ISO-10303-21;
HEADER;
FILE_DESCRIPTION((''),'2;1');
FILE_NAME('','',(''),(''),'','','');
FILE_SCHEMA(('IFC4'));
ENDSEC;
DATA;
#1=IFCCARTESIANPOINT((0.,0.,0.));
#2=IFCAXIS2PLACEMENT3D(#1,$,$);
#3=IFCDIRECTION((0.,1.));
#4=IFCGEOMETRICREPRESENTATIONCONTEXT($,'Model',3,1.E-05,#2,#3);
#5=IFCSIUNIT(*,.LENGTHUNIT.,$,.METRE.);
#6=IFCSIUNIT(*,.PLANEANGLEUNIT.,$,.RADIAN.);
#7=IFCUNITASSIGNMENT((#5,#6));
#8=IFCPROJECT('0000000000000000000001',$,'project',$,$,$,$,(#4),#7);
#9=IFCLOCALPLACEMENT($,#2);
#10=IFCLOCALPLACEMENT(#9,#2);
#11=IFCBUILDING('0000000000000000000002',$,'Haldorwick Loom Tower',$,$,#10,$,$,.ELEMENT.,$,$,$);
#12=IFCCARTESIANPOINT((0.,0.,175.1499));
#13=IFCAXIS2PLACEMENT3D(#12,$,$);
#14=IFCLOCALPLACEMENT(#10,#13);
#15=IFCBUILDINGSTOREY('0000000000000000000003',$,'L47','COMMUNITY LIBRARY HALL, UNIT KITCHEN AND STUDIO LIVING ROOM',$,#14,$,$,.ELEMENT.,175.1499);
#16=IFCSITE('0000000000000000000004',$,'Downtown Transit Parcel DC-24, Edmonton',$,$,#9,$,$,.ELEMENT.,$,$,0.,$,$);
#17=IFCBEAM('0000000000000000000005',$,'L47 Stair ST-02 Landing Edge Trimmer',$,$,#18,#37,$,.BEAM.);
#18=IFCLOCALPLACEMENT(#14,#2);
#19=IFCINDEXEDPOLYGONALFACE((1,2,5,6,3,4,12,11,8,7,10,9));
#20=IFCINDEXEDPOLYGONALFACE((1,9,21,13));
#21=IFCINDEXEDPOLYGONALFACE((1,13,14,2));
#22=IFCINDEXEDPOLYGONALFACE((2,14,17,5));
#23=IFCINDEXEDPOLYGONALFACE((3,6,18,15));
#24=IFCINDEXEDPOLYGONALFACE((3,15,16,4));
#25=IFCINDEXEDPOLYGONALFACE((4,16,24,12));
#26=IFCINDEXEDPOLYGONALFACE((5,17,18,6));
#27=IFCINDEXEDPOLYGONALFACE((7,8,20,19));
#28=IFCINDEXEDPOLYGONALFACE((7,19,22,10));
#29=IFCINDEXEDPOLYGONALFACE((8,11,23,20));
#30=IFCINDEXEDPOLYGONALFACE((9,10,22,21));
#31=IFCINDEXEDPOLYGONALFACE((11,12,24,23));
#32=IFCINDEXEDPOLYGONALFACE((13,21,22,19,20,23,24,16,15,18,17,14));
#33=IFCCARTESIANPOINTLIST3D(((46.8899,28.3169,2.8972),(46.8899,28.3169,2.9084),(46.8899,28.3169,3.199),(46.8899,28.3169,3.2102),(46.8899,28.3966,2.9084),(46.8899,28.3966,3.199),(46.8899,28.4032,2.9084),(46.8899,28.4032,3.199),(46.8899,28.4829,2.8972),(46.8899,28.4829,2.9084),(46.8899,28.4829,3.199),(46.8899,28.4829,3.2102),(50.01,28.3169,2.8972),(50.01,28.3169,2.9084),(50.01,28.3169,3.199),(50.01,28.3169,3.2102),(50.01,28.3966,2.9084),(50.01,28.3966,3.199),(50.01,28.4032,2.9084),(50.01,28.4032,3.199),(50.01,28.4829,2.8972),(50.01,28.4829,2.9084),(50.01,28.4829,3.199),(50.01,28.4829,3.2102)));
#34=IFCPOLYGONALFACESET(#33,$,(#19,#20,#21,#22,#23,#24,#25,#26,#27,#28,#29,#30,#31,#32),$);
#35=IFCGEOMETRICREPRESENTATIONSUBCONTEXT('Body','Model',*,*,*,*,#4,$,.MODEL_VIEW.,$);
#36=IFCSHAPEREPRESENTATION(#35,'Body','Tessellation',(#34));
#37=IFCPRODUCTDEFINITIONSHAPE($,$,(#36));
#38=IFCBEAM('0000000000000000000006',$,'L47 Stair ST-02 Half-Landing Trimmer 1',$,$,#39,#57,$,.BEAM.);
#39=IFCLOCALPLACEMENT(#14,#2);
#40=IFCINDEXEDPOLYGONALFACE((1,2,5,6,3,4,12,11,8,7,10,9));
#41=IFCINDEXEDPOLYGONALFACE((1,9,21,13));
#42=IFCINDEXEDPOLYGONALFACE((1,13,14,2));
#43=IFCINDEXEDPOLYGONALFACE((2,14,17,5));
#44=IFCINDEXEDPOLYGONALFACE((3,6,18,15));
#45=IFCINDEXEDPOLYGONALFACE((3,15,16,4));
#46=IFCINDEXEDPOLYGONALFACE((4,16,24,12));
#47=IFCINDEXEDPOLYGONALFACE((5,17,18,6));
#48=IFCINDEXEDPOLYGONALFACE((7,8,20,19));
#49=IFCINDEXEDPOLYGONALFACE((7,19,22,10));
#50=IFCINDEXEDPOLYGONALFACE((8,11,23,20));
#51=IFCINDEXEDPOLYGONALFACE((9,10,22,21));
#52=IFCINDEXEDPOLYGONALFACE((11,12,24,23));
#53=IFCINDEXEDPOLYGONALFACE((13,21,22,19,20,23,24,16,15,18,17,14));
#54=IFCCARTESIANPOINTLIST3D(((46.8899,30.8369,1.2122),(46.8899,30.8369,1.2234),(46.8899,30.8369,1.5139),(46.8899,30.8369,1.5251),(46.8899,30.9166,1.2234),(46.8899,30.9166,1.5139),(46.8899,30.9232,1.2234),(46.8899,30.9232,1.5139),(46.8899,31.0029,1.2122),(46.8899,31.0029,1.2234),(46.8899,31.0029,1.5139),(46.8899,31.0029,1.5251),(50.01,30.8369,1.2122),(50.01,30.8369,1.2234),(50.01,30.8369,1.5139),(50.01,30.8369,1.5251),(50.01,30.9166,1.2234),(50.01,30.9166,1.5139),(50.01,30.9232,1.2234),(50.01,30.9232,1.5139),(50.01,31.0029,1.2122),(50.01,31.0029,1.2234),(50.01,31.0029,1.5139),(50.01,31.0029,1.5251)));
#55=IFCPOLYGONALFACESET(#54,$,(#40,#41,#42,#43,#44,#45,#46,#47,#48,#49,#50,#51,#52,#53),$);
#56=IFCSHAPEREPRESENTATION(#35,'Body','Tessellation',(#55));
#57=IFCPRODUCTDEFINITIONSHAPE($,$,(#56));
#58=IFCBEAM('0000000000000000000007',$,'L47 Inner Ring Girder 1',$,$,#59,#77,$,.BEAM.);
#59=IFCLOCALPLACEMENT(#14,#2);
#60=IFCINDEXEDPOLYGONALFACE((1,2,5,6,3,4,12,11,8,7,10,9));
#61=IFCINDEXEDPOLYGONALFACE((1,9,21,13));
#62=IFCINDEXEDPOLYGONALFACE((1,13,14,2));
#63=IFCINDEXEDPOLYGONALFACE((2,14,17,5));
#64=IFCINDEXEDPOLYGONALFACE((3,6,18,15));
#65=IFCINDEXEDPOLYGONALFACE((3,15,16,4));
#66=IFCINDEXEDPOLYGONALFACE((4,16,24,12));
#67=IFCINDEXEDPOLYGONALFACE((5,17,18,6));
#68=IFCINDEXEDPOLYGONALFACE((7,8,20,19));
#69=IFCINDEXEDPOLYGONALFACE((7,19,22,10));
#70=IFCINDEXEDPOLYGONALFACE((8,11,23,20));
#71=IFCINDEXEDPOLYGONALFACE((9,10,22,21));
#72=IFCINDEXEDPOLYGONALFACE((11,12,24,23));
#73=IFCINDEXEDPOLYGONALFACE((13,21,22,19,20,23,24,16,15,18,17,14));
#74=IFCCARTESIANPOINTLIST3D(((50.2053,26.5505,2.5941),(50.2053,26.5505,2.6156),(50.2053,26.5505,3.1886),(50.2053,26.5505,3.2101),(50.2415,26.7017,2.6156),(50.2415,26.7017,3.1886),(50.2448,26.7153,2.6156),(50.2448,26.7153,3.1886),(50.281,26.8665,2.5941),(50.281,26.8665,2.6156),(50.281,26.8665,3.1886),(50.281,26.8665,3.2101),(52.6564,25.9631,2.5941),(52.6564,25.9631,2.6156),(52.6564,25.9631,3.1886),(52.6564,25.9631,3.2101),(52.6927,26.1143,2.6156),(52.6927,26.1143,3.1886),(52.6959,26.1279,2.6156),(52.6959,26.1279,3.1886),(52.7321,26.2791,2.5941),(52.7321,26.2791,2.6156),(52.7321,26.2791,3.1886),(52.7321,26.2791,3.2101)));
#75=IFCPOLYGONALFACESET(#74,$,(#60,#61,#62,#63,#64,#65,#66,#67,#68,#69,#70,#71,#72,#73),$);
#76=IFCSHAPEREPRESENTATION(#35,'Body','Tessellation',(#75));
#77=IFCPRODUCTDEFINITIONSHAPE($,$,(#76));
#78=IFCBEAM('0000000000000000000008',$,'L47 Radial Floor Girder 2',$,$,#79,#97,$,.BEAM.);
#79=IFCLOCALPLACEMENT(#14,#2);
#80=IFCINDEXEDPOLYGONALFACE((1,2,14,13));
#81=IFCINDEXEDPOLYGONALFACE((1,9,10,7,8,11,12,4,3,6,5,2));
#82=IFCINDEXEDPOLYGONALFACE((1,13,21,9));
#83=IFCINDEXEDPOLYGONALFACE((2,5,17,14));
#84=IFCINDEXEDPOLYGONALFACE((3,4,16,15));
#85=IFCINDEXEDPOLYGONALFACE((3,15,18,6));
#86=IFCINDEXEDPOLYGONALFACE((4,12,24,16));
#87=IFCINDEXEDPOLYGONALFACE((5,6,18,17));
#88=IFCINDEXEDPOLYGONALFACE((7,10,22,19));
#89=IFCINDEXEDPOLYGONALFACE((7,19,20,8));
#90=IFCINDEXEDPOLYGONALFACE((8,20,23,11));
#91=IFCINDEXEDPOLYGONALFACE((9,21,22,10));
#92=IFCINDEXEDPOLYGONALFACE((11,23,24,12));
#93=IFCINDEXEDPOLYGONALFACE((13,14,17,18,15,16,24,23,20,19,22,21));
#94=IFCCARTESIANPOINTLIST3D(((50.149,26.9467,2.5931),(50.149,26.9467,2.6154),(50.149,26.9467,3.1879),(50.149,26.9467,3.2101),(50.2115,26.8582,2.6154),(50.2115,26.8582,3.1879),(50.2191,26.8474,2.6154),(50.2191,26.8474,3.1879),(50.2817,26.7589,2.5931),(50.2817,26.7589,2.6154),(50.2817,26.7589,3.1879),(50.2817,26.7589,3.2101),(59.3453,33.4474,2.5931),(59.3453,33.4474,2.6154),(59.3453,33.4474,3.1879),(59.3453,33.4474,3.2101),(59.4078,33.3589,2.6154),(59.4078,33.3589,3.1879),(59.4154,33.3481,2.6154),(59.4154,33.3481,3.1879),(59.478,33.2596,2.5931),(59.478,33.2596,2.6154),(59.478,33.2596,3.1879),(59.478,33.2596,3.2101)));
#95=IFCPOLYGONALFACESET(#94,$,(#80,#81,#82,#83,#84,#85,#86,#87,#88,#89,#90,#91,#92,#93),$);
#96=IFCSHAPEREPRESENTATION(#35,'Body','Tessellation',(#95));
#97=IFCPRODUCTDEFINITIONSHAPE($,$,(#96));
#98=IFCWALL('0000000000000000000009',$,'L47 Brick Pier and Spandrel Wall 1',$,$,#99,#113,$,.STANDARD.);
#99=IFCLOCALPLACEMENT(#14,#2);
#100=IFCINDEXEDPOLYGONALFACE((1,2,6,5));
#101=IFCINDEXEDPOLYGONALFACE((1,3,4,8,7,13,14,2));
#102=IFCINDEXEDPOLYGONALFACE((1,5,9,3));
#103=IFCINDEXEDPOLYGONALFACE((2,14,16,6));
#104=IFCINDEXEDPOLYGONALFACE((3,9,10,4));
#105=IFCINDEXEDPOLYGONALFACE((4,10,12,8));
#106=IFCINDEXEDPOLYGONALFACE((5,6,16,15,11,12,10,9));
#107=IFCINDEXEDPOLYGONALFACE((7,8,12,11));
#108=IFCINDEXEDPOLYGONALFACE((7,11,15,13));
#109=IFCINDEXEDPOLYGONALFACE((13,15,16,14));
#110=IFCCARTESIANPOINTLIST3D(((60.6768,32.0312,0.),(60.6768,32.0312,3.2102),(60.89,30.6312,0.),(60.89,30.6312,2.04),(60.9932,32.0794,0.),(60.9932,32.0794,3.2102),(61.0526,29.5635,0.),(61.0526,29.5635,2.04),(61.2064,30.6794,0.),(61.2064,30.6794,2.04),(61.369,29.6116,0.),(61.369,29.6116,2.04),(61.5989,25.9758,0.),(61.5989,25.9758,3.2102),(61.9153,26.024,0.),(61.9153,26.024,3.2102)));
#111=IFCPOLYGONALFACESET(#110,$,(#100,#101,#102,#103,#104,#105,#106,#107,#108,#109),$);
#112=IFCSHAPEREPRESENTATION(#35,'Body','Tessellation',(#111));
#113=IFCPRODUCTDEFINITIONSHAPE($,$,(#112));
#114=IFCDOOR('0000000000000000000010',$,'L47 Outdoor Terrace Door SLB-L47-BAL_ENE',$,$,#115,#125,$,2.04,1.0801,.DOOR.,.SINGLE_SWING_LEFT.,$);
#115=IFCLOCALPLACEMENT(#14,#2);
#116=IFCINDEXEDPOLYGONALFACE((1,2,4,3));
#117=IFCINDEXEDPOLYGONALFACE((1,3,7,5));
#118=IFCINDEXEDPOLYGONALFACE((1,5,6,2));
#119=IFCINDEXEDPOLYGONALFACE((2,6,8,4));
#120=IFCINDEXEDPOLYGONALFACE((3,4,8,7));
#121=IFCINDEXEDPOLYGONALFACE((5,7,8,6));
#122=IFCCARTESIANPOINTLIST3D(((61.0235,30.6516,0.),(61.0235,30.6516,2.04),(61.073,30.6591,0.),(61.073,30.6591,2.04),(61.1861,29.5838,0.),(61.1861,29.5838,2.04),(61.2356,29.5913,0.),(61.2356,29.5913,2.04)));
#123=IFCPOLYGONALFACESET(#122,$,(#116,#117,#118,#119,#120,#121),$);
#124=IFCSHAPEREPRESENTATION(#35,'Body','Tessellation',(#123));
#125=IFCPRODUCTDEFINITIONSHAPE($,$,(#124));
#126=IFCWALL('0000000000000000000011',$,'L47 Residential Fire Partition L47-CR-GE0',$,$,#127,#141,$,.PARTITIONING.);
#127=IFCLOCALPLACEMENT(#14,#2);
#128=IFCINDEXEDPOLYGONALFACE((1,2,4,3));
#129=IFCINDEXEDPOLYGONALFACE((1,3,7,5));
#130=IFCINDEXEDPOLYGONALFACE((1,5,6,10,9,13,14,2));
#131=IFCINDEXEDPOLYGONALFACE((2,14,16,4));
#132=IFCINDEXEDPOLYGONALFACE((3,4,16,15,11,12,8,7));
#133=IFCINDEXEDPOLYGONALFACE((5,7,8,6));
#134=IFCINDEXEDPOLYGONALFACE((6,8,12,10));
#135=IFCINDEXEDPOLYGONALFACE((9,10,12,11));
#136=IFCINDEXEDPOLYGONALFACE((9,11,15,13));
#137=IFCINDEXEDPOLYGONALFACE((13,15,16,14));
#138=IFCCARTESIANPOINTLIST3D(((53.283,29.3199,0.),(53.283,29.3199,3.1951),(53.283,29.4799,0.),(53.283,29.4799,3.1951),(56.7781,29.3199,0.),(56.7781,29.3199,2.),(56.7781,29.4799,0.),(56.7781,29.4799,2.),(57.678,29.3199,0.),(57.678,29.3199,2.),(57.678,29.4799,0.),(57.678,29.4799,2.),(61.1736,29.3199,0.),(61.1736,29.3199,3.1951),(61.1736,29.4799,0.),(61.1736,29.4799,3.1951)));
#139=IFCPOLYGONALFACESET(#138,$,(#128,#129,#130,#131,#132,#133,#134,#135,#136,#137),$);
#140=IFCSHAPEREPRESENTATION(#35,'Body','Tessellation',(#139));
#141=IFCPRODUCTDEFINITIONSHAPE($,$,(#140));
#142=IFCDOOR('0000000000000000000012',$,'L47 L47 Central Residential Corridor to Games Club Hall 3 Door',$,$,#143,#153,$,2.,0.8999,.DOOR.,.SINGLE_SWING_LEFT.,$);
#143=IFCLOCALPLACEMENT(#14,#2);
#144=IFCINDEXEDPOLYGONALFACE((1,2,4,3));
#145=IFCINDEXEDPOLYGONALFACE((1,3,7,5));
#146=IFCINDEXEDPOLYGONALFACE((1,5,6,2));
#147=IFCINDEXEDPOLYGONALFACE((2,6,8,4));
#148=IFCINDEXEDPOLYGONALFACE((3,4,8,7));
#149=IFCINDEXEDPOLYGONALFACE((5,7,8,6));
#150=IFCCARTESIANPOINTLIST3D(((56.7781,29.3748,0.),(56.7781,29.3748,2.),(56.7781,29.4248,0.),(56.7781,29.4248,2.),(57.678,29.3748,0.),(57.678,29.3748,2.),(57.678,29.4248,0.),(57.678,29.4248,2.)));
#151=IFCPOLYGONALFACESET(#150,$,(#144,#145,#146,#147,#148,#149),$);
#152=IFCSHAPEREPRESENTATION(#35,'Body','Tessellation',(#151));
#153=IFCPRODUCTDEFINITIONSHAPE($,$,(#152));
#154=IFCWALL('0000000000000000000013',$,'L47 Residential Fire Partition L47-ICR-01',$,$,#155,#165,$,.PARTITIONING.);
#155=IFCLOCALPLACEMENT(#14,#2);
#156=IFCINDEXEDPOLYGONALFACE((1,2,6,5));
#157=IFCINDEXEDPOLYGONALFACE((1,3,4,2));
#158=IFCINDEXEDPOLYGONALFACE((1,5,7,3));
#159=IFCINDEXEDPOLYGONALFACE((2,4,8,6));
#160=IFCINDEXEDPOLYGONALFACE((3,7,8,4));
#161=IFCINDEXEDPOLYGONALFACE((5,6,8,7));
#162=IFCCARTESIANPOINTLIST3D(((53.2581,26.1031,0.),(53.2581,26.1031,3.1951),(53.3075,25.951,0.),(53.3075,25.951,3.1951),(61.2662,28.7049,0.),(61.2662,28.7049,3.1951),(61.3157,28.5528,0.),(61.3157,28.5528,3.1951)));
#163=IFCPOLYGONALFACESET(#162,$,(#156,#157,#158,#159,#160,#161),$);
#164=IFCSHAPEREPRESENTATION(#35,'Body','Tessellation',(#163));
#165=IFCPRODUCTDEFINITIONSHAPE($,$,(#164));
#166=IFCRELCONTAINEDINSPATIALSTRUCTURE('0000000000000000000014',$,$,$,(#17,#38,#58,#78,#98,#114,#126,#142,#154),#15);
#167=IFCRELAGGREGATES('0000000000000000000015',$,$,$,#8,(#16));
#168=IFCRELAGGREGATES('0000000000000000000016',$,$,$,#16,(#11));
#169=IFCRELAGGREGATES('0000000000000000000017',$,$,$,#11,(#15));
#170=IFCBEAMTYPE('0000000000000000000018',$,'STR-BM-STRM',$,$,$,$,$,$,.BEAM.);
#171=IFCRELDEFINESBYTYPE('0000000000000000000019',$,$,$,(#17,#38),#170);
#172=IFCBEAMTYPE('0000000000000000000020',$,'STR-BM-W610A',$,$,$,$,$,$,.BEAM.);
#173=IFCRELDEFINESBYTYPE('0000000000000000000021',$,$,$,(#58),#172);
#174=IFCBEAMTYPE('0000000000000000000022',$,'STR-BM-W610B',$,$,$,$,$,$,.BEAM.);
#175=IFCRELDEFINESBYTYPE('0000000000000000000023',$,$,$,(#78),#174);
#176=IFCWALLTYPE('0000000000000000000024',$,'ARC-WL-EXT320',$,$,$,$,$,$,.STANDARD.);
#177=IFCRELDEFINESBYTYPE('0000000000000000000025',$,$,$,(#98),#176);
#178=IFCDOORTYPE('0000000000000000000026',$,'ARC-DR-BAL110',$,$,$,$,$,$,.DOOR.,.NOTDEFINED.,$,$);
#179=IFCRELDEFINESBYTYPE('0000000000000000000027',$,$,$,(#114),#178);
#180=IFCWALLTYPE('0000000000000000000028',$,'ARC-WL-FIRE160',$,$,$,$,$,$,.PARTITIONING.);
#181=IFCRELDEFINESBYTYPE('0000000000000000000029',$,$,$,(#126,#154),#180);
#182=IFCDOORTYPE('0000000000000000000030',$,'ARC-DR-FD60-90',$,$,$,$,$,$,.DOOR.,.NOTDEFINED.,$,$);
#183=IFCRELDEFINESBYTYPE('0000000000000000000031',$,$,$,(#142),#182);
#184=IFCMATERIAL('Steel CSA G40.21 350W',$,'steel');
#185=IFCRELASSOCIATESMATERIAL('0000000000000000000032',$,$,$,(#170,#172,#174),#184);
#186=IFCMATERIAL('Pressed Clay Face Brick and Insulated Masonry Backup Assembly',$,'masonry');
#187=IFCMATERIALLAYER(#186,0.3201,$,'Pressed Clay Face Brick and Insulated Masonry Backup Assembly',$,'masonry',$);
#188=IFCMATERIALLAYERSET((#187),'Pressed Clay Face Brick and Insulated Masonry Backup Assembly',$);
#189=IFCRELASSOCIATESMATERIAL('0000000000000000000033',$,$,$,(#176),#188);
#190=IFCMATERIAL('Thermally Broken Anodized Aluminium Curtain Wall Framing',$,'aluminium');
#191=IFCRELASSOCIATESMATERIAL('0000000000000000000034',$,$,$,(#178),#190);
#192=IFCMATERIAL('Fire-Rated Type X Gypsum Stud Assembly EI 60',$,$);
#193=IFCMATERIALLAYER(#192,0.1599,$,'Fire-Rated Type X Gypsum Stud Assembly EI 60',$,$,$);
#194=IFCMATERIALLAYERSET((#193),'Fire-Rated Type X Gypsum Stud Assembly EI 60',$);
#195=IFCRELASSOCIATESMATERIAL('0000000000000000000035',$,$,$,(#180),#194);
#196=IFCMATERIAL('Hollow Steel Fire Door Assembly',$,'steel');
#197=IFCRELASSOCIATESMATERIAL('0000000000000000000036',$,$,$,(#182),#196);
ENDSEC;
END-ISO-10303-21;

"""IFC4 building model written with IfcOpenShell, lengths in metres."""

from ifc_helpers import new_model, si_unit, direction, frame, frame_2d, origin, origin_2d, place, context, subcontext, project, spatial, rectangle, i_section, extrude, material, layer, layer_set, material_profile, profile_set, type_object, element, fill, save


model = new_model("IFC4")

# Units and contexts
model_context = context("Model", 3, precision=1e-05, world=origin(), true_north=direction((0.0, 1.0)))
body_context = subcontext(model_context, "Body", "Model", "MODEL_VIEW")
ifc_project = project(units=[si_unit("LENGTHUNIT", "METRE"), si_unit("PLANEANGLEUNIT", "RADIAN")], contexts=[model_context])

# Site, building, storey
site_placement = place(None, origin())
site = spatial("IfcSite", under=ifc_project, at=site_placement, Name="Downtown Transit Parcel DC-24, Edmonton", CompositionType="ELEMENT", RefElevation=0.0)
building_placement = place(site_placement, origin())
building = spatial("IfcBuilding", under=site, at=building_placement, Name="Haldorwick Loom Tower", CompositionType="ELEMENT")
storey_placement = place(building_placement, frame((0.0, 0.0, 175.1499)))
storey = spatial("IfcBuildingStorey", under=building, at=storey_placement, Name="L47", Description="COMMUNITY LIBRARY HALL, UNIT KITCHEN AND STUDIO LIVING ROOM", CompositionType="ELEMENT", Elevation=175.1499)

# Shared definitions
ifc_material_1 = material(Name="Steel CSA G40.21 350W", Category="steel")

# Beams
ifc_material_profile_1 = material_profile(ifc_material_1, i_section(OverallWidth=0.166, OverallDepth=0.313, WebThickness=0.0066, FlangeThickness=0.0112, at=origin_2d()), Name="W310X45", Category="steel")
ifc_profile_set_1 = profile_set([ifc_material_profile_1], Name="Steel CSA G40.21 350W")
beam_type_1 = type_object("IfcBeamType", Name="STR-BM-STRM", PredefinedType="BEAM", material=ifc_profile_set_1)
for number, where, z_axis, x_axis, name in (
    (1, (46.8899, 28.3999, 3.0537), (1.0, 0.0, 0.0), (0.0, 1.0, 0.0), "L47 Stair ST-02 Landing Edge Trimmer"),
    (2, (46.8899, 30.9199, 1.3687), (1.0, 0.0, 0.0), (0.0, 1.0, 0.0), "L47 Stair ST-02 Half-Landing Trimmer 1"),
):
    element("IfcBeam", number, at=place(storey_placement, frame(where, z_axis=z_axis, x_axis=x_axis)), inside=storey, type_object=beam_type_1, Name=name, PredefinedType="BEAM", context=body_context, shape_type="SweptSolid", body=[
        extrude(i_section(OverallWidth=0.166, OverallDepth=0.313, WebThickness=0.0066, FlangeThickness=0.0112, at=origin_2d()), origin(), (0.0, 0.0, 1.0), 3.1201),
    ])
ifc_material_profile_2 = material_profile(ifc_material_1, i_section(OverallWidth=0.325, OverallDepth=0.616, WebThickness=0.0139, FlangeThickness=0.0215, at=origin_2d()), Name="W610X174", Category="steel")
ifc_profile_set_2 = profile_set([ifc_material_profile_2], Name="Steel CSA G40.21 350W")
beam_type_2 = type_object("IfcBeamType", Name="STR-BM-W610A", PredefinedType="BEAM", material=ifc_profile_set_2)
beam_1_placement = place(storey_placement, frame((50.2432, 26.7085, 2.9021), z_axis=(0.972466, -0.233043, 0.0), x_axis=(0.233043, 0.972466, 0.0)))
element("IfcBeam", 3, at=beam_1_placement, inside=storey, type_object=beam_type_2, Name="L47 Inner Ring Girder 1", PredefinedType="BEAM", context=body_context, shape_type="SweptSolid", body=[
    extrude(i_section(OverallWidth=0.325, OverallDepth=0.616, WebThickness=0.0139, FlangeThickness=0.0215, at=origin_2d()), origin(), (0.0, 0.0, 1.0), 2.5205),
])
ifc_material_profile_3 = material_profile(ifc_material_1, i_section(OverallWidth=0.23, OverallDepth=0.6169, WebThickness=0.0132, FlangeThickness=0.0222, at=origin_2d()), Name="W610X140", Category="steel")
ifc_profile_set_3 = profile_set([ifc_material_profile_3], Name="Steel CSA G40.21 350W")
beam_type_3 = type_object("IfcBeamType", Name="STR-BM-W610B", PredefinedType="BEAM", material=ifc_profile_set_3)
beam_2_placement = place(storey_placement, frame((50.2153, 26.8528, 2.9016), z_axis=(0.816581, 0.57723, 0.0), x_axis=(-0.57723, 0.816581, 0.0)))
element("IfcBeam", 4, at=beam_2_placement, inside=storey, type_object=beam_type_3, Name="L47 Radial Floor Girder 2", PredefinedType="BEAM", context=body_context, shape_type="SweptSolid", body=[
    extrude(i_section(OverallWidth=0.23, OverallDepth=0.6169, WebThickness=0.0132, FlangeThickness=0.0222, at=origin_2d()), origin(), (0.0, 0.0, 1.0), 11.262),
])

# Walls, openings, doors
ifc_material_2 = material(Name="Pressed Clay Face Brick and Insulated Masonry Backup Assembly", Category="masonry")
ifc_layer_1 = layer(ifc_material_2, 0.3201, Name="Pressed Clay Face Brick and Insulated Masonry Backup Assembly", Category="masonry")
ifc_layer_set_1 = layer_set([ifc_layer_1], Name="Pressed Clay Face Brick and Insulated Masonry Backup Assembly")
wall_type_1 = type_object("IfcWallType", Name="ARC-WL-EXT320", PredefinedType="STANDARD", material=ifc_layer_set_1)
wall_1_placement = place(storey_placement, frame((61.7571, 26.0, 0.0), z_axis=(0.0, 0.0, 1.0), x_axis=(-0.150544, 0.988603, 0.0)))
wall_1 = element("IfcWall", 5, at=wall_1_placement, inside=storey, type_object=wall_type_1, Name="L47 Brick Pier and Spandrel Wall 1", PredefinedType="STANDARD", context=body_context, shape_type="SweptSolid", body=[
    extrude(rectangle(XDim=6.1252, YDim=0.3201, at=frame_2d((3.0625, 0.0))), origin(), (0.0, 0.0, 1.0), 3.2102),
])
opening_1_placement = place(wall_1_placement, frame((3.6289, 0.0, 0.0)))
opening_1 = element("IfcOpeningElement", 6, at=opening_1_placement, cuts=wall_1, PredefinedType="OPENING", context=body_context, shape_type="SweptSolid", body=[
    extrude(rectangle(XDim=1.0801, YDim=2.04, at=frame_2d((0.54, 1.02))), frame((0.0, 0.1699, 0.0), z_axis=(0.0, -1.0, 0.0), x_axis=(1.0, 0.0, 0.0)), (0.0, 0.0, 1.0), 0.3401),
])
ifc_material_3 = material(Name="Thermally Broken Anodized Aluminium Curtain Wall Framing", Category="aluminium")
door_type_1 = type_object("IfcDoorType", Name="ARC-DR-BAL110", OperationType="NOTDEFINED", PredefinedType="DOOR", material=ifc_material_3)
door_1_placement = place(opening_1_placement, origin())
door_1 = element("IfcDoor", 7, at=door_1_placement, inside=storey, type_object=door_type_1, Name="L47 Outdoor Terrace Door SLB-L47-BAL_ENE", OperationType="SINGLE_SWING_LEFT", OverallHeight=2.04, OverallWidth=1.0801, PredefinedType="DOOR", context=body_context, shape_type="SweptSolid", body=[
    extrude(rectangle(XDim=1.0801, YDim=2.04, at=frame_2d((0.54, 1.02))), frame((0.0, 0.0249, 0.0), z_axis=(0.0, -1.0, 0.0), x_axis=(1.0, 0.0, 0.0)), (0.0, 0.0, 1.0), 0.05),
])
fill(opening_1, door_1)
ifc_material_4 = material(Name="Fire-Rated Type X Gypsum Stud Assembly EI 60")
ifc_layer_2 = layer(ifc_material_4, 0.1599, Name="Fire-Rated Type X Gypsum Stud Assembly EI 60")
ifc_layer_set_2 = layer_set([ifc_layer_2], Name="Fire-Rated Type X Gypsum Stud Assembly EI 60")
wall_type_2 = type_object("IfcWallType", Name="ARC-WL-FIRE160", PredefinedType="PARTITIONING", material=ifc_layer_set_2)
wall_2_placement = place(storey_placement, frame((53.283, 29.3999, 0.0), z_axis=(0.0, 0.0, 1.0), x_axis=(1.0, 0.0, 0.0)))
wall_2 = element("IfcWall", 8, at=wall_2_placement, inside=storey, type_object=wall_type_2, Name="L47 Residential Fire Partition L47-CR-GE0", PredefinedType="PARTITIONING", context=body_context, shape_type="SweptSolid", body=[
    extrude(rectangle(XDim=7.8906, YDim=0.1599, at=frame_2d((3.9453, 0.0))), origin(), (0.0, 0.0, 1.0), 3.1951),
])
opening_2_placement = place(wall_2_placement, frame((3.4951, 0.0, 0.0)))
opening_2 = element("IfcOpeningElement", 9, at=opening_2_placement, cuts=wall_2, PredefinedType="OPENING", context=body_context, shape_type="SweptSolid", body=[
    extrude(rectangle(XDim=0.8999, YDim=2.0, at=frame_2d((0.45, 1.0))), frame((0.0, 0.0898, 0.0), z_axis=(0.0, -1.0, 0.0), x_axis=(1.0, 0.0, 0.0)), (0.0, 0.0, 1.0), 0.1799),
])
ifc_material_5 = material(Name="Hollow Steel Fire Door Assembly", Category="steel")
door_type_2 = type_object("IfcDoorType", Name="ARC-DR-FD60-90", OperationType="NOTDEFINED", PredefinedType="DOOR", material=ifc_material_5)
door_2_placement = place(opening_2_placement, origin())
door_2 = element("IfcDoor", 10, at=door_2_placement, inside=storey, type_object=door_type_2, Name="L47 L47 Central Residential Corridor to Games Club Hall 3 Door", OperationType="SINGLE_SWING_LEFT", OverallHeight=2.0, OverallWidth=0.8999, PredefinedType="DOOR", context=body_context, shape_type="SweptSolid", body=[
    extrude(rectangle(XDim=0.8999, YDim=2.0, at=frame_2d((0.45, 1.0))), frame((0.0, 0.0249, 0.0), z_axis=(0.0, -1.0, 0.0), x_axis=(1.0, 0.0, 0.0)), (0.0, 0.0, 1.0), 0.05),
])
fill(opening_2, door_2)

# Wall
wall_3_placement = place(storey_placement, frame((53.283, 26.0271, 0.0), z_axis=(0.0, 0.0, 1.0), x_axis=(0.951062, 0.308999, 0.0)))
element("IfcWall", 11, at=wall_3_placement, inside=storey, type_object=wall_type_2, Name="L47 Residential Fire Partition L47-ICR-01", PredefinedType="PARTITIONING", context=body_context, shape_type="SweptSolid", body=[
    extrude(rectangle(XDim=8.4202, YDim=0.1599, at=frame_2d((4.21, 0.0))), origin(), (0.0, 0.0, 1.0), 3.1951),
])

save(model, "model.ifc")
